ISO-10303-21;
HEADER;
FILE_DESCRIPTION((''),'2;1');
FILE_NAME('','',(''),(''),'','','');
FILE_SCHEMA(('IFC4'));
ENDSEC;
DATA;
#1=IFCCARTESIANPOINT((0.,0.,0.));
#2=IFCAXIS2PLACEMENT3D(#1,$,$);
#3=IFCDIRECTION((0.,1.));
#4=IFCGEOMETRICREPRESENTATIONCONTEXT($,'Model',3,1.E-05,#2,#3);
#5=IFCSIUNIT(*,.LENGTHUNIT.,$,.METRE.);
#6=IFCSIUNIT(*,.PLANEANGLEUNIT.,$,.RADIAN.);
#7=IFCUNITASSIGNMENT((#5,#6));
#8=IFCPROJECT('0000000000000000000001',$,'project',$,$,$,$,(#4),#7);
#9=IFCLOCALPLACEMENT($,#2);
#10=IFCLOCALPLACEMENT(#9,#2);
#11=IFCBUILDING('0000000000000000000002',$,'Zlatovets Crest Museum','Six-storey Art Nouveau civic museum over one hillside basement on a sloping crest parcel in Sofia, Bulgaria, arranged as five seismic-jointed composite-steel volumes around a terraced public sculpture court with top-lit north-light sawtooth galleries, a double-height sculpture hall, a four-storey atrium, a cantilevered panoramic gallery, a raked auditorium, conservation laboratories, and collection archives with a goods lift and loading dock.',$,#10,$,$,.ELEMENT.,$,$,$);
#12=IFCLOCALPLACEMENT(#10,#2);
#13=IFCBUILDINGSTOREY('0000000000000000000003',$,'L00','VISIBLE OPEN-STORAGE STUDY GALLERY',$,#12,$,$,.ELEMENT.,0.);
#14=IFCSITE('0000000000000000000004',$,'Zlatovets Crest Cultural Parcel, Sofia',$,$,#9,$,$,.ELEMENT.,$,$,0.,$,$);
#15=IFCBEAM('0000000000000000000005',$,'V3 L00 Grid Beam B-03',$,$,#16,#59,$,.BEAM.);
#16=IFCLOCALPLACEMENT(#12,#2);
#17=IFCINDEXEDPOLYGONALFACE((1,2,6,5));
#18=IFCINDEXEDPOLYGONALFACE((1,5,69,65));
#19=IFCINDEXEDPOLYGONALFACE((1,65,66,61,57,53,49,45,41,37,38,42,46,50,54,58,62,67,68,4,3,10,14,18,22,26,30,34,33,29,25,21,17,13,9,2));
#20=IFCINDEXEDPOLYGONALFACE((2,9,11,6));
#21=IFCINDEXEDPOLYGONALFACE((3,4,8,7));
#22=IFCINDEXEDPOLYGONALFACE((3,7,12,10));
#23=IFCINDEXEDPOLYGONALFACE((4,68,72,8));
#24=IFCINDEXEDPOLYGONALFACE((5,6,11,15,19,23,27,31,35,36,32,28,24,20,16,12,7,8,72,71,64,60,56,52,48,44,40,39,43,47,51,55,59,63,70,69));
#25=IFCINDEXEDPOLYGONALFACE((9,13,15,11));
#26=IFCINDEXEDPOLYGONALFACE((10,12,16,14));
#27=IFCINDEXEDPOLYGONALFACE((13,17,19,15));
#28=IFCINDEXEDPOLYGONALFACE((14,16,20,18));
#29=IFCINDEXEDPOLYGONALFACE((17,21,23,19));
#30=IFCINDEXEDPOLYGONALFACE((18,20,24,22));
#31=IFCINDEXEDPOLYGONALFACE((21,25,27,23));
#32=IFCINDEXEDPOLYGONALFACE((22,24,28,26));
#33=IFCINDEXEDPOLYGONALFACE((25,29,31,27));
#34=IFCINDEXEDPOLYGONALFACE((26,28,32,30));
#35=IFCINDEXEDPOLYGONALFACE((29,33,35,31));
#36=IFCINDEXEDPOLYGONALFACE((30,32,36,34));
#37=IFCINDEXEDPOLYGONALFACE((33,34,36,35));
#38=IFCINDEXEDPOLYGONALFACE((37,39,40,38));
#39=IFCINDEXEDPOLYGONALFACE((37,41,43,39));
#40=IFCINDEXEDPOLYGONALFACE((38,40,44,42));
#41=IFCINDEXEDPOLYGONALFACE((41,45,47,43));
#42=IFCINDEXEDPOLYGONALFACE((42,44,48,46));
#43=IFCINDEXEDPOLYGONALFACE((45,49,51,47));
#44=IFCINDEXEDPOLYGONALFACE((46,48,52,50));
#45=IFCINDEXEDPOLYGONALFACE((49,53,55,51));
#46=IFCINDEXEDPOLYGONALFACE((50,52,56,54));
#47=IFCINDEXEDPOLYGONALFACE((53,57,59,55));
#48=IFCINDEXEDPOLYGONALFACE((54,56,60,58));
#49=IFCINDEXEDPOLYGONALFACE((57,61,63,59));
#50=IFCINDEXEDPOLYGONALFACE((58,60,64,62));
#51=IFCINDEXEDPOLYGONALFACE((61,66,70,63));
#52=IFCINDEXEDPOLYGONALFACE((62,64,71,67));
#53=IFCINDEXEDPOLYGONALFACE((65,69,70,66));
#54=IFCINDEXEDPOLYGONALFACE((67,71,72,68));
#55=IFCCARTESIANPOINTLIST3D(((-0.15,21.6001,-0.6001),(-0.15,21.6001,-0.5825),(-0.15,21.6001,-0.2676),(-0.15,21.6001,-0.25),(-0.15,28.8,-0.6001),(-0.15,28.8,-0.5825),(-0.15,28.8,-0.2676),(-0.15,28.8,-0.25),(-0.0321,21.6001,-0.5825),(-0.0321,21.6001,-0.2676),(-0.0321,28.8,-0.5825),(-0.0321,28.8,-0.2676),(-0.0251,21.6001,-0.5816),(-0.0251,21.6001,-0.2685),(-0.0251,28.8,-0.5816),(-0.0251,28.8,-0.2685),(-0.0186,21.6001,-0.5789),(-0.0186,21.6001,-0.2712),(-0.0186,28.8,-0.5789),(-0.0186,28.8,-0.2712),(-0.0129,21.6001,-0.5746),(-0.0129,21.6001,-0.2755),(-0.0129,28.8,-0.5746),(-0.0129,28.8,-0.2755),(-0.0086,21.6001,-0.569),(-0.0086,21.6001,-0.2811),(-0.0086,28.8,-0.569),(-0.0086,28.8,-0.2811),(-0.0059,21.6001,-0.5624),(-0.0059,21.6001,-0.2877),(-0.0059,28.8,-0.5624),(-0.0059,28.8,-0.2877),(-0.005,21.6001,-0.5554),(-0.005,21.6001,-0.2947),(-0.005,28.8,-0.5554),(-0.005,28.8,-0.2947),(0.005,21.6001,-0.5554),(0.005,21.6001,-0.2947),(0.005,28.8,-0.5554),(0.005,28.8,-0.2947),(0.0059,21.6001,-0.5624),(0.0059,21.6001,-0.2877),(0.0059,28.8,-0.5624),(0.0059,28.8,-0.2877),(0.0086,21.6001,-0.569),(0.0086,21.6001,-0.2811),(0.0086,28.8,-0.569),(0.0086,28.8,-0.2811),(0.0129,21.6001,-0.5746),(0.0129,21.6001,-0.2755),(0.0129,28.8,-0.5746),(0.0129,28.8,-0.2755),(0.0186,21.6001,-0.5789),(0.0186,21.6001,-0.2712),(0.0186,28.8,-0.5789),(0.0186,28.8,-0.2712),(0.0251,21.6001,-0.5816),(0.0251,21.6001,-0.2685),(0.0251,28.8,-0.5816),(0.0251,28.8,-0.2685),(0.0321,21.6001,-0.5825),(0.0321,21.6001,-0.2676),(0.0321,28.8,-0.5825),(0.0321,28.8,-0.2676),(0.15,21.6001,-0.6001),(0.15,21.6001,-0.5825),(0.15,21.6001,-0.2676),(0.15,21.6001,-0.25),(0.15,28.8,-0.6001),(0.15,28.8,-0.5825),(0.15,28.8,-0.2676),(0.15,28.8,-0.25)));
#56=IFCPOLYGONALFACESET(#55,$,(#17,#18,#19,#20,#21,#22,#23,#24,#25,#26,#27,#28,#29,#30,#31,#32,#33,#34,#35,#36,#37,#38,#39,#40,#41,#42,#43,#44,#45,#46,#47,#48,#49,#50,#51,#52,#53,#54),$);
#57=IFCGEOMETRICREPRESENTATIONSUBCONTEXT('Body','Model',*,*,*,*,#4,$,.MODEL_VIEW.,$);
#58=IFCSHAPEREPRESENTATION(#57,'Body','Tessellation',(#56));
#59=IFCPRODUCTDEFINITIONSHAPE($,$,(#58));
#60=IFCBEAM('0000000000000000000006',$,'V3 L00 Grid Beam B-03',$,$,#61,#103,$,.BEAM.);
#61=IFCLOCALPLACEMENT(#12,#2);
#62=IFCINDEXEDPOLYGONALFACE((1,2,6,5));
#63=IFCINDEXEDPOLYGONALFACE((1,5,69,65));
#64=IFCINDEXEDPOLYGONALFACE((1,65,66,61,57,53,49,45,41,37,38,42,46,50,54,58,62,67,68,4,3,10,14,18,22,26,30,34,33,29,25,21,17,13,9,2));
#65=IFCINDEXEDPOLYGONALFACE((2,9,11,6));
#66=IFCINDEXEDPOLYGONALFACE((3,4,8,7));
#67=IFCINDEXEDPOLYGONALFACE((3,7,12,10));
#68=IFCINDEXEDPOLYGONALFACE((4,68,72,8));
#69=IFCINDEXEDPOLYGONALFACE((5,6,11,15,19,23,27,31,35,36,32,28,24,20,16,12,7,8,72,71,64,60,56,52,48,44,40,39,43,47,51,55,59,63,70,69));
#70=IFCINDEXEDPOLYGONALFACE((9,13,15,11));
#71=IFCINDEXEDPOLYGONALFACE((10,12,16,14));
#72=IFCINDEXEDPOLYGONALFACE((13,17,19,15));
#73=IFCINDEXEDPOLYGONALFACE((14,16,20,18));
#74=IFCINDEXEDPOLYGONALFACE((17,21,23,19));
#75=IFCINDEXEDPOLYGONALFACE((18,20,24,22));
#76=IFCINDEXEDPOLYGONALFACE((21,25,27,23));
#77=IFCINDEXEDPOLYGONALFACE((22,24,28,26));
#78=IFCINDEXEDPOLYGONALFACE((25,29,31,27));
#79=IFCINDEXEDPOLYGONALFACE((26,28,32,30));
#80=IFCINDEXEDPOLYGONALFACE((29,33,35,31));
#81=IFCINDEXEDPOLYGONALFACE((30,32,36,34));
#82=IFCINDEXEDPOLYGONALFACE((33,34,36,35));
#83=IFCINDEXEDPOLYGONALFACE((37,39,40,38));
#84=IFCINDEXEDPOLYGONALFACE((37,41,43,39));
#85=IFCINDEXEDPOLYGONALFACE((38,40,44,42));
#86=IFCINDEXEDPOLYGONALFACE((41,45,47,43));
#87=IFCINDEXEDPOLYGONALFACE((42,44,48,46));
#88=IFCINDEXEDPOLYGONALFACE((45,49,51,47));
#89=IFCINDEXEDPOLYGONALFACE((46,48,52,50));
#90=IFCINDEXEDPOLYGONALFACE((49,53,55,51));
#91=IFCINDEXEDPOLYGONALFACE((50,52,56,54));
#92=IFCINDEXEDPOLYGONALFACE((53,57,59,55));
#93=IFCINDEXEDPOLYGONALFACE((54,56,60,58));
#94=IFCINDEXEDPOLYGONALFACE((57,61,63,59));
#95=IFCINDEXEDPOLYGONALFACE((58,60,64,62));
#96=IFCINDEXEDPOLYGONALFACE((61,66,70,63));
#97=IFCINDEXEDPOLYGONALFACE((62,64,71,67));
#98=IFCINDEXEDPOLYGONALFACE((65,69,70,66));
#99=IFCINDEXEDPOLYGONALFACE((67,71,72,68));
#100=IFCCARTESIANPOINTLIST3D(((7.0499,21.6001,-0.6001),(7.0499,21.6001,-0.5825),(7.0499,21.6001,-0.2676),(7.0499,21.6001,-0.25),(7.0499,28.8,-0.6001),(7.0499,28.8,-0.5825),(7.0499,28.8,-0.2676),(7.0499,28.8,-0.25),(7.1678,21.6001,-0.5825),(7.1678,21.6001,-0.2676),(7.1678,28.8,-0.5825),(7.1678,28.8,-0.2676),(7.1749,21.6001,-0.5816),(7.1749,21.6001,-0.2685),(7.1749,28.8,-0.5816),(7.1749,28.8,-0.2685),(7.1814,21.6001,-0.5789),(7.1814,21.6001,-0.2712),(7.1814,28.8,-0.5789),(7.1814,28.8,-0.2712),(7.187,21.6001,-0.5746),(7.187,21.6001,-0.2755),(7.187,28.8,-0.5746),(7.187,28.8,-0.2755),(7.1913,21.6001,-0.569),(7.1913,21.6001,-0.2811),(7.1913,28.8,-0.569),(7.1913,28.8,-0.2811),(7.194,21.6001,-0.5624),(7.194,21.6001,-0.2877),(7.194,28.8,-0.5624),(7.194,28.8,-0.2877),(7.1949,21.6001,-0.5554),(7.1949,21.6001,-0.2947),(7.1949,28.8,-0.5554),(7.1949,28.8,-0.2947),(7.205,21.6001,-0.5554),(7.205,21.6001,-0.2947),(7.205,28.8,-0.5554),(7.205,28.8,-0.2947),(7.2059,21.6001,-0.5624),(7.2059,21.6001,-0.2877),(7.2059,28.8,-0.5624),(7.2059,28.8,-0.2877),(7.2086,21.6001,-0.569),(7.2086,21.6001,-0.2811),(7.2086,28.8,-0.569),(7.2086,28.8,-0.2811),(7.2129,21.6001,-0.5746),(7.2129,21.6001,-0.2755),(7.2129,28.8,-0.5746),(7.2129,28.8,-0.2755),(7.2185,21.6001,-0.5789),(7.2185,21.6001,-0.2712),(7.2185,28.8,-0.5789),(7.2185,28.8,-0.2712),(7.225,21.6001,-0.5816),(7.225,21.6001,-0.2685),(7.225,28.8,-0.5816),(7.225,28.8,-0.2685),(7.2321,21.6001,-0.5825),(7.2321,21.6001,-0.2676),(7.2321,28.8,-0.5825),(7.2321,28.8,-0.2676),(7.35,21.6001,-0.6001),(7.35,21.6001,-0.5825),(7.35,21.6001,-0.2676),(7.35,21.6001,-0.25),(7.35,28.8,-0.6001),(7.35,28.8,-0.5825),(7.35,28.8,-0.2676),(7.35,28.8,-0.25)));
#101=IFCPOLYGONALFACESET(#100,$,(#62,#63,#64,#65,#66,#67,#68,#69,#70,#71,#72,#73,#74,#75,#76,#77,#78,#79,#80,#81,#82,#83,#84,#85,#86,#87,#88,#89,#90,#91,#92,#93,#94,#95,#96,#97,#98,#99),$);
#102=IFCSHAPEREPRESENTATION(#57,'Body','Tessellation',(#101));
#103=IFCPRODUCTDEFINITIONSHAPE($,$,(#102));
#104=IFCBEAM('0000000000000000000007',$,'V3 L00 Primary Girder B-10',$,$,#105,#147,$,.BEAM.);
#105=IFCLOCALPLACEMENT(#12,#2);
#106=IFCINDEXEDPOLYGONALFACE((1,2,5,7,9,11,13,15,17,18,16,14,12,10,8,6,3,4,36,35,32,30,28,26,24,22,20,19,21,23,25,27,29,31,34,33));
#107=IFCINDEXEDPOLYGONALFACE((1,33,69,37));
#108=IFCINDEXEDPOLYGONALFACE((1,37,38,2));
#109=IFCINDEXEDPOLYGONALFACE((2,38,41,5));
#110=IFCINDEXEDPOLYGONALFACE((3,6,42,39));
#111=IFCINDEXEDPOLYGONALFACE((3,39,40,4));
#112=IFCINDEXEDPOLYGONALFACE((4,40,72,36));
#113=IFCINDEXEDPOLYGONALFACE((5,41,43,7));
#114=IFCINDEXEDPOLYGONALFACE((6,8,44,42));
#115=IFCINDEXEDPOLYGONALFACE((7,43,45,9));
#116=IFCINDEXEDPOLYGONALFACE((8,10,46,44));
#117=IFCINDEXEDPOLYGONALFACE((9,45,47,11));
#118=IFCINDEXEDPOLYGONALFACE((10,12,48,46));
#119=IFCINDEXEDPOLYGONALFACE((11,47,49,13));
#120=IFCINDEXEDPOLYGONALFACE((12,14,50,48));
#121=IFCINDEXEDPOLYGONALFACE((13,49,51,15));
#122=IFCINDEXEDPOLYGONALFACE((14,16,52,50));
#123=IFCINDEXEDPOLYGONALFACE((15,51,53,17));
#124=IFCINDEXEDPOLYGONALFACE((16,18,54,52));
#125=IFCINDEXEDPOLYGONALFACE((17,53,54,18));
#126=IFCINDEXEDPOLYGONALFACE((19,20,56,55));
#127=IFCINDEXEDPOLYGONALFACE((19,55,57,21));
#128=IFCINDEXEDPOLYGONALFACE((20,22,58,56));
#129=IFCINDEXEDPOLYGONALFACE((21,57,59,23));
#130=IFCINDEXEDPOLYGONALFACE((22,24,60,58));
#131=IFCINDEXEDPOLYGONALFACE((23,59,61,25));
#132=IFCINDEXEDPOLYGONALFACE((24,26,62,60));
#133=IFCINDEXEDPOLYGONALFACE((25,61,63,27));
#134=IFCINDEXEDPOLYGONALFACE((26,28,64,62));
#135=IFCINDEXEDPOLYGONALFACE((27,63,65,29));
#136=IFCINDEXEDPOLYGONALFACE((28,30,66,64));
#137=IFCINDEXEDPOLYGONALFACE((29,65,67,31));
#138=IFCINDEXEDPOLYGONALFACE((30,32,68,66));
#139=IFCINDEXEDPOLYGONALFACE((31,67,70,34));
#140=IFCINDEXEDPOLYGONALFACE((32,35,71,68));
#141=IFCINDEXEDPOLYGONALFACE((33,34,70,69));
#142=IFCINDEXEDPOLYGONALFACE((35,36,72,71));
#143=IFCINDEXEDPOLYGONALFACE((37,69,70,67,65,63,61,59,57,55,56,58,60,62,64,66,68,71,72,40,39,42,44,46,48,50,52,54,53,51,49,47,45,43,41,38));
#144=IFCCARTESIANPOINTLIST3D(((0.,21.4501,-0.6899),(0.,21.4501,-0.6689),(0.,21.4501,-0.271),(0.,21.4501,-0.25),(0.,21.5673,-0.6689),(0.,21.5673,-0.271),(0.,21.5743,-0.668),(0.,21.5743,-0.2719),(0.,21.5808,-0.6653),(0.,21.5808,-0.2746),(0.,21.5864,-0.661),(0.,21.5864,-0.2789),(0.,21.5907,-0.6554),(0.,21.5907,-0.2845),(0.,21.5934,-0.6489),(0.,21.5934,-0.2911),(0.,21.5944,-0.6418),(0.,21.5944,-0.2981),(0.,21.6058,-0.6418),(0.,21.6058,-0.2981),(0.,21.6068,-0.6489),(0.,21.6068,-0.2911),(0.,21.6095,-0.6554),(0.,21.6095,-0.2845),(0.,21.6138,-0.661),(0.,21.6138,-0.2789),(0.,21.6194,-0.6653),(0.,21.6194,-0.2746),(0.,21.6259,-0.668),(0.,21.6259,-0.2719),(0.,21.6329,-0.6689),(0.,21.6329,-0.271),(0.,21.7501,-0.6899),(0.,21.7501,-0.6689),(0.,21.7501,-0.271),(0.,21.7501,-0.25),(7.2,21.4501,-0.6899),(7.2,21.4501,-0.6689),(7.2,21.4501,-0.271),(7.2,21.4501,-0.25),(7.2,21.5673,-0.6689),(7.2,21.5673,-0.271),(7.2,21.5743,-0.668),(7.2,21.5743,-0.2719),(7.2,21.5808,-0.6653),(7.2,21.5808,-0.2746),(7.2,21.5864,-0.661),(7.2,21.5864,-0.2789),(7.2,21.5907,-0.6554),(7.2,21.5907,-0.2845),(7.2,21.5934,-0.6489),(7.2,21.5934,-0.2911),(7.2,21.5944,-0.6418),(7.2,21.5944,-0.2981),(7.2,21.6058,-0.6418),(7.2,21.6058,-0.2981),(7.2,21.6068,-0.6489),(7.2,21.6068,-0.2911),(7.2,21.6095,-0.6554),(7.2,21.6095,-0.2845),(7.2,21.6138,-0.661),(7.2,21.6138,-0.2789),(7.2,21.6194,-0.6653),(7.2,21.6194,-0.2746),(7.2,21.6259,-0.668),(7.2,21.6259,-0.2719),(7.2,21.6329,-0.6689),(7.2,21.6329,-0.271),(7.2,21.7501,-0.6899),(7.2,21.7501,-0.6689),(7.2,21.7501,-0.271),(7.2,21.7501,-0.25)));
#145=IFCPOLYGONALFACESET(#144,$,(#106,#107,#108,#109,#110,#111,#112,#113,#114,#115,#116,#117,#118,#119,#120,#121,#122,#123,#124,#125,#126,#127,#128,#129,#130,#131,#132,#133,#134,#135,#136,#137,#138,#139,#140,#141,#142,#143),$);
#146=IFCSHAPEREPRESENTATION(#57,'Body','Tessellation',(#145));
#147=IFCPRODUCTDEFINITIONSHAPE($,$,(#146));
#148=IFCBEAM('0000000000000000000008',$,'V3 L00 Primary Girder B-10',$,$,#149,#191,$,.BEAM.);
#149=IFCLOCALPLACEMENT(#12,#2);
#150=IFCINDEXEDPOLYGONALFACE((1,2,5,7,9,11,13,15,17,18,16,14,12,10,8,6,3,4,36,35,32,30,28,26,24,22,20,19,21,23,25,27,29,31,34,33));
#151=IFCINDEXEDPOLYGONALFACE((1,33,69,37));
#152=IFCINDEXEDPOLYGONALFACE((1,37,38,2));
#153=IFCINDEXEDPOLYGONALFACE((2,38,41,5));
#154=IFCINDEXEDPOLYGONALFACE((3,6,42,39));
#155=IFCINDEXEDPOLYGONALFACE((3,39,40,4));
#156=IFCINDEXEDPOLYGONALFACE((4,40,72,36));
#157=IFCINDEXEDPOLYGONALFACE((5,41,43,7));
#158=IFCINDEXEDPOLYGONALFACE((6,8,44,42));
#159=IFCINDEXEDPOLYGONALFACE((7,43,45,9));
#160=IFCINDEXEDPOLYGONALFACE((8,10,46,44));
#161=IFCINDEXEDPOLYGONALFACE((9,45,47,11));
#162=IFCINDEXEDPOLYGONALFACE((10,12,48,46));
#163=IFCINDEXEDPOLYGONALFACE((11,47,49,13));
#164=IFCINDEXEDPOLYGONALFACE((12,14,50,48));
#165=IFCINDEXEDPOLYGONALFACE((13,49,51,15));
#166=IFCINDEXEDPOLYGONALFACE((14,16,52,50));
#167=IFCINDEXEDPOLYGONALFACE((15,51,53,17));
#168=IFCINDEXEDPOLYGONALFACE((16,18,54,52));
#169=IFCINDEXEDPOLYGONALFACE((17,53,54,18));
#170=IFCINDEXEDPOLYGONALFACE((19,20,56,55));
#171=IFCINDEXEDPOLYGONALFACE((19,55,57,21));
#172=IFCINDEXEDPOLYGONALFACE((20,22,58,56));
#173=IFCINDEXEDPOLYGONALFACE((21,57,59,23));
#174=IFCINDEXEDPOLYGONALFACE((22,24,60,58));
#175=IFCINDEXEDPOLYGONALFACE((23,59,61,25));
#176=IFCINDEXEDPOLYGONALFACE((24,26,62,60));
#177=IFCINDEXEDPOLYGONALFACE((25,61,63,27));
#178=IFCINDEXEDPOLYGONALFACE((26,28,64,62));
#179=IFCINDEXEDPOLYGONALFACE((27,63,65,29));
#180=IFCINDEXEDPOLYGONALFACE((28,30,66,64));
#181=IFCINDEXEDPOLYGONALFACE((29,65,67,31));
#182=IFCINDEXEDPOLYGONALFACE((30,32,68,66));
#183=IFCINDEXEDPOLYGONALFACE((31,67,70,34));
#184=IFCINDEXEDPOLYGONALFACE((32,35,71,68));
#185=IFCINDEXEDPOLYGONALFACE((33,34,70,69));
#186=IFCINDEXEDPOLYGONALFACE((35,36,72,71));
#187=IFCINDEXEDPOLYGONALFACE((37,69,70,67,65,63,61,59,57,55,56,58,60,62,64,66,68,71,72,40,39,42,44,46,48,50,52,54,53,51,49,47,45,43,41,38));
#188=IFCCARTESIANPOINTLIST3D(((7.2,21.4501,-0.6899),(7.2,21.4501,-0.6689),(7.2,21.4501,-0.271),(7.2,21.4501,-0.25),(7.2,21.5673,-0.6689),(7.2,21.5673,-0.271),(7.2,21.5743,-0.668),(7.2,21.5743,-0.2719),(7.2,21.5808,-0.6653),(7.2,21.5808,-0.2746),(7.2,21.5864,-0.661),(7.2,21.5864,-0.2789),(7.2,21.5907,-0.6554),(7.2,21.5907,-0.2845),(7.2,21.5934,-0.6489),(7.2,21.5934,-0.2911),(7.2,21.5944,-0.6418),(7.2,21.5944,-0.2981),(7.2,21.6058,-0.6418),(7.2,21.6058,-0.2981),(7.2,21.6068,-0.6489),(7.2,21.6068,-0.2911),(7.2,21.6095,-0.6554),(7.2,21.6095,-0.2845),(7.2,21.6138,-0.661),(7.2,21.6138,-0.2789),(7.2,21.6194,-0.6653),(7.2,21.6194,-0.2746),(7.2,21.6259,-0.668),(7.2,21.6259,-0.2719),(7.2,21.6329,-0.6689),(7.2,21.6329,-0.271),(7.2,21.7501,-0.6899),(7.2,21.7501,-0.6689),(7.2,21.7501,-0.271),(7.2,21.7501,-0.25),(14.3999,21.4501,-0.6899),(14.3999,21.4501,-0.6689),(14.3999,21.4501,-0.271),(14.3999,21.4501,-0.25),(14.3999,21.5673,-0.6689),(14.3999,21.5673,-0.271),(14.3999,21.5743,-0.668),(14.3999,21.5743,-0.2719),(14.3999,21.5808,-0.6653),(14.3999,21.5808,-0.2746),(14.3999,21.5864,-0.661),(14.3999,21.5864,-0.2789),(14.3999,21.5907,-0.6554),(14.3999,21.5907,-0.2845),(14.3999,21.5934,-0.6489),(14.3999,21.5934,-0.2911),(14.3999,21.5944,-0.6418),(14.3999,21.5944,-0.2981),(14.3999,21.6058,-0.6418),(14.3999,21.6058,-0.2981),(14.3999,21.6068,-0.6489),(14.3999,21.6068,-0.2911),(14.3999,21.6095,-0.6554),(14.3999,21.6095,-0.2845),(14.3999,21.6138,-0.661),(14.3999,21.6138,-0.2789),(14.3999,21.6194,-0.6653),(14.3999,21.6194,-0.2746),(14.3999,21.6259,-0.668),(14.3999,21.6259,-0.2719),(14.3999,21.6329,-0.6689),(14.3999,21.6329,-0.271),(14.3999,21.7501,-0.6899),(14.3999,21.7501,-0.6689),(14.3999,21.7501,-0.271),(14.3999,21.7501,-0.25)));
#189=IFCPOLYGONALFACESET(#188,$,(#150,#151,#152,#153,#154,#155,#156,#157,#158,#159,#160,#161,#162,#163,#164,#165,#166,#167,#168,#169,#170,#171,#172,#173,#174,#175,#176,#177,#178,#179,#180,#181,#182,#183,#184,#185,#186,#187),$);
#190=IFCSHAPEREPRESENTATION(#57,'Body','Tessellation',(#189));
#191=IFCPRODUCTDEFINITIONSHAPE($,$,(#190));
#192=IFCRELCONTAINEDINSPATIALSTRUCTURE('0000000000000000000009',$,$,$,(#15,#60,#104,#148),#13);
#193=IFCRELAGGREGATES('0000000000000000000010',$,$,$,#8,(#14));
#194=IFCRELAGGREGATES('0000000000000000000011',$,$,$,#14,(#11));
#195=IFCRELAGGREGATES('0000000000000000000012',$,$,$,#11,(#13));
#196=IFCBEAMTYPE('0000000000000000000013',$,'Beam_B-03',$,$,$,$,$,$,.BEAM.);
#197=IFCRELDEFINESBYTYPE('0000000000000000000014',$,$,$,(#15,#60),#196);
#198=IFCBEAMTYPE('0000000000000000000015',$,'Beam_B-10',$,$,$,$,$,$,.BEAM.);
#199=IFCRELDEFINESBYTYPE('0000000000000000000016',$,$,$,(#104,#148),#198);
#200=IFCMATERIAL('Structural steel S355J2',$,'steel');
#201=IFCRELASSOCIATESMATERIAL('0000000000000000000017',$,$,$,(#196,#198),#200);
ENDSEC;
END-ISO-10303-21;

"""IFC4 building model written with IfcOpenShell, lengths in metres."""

from ifc_helpers import new_model, si_unit, direction, frame, origin, origin_2d, place, context, subcontext, project, spatial, i_section, extrude, material, material_profile, profile_set, type_object, element, save


model = new_model("IFC4")

# Units and contexts
model_context = context("Model", 3, precision=1e-05, world=origin(), true_north=direction((0.0, 1.0)))
body_context = subcontext(model_context, "Body", "Model", "MODEL_VIEW")
ifc_project = project(units=[si_unit("LENGTHUNIT", "METRE"), si_unit("PLANEANGLEUNIT", "RADIAN")], contexts=[model_context])

# Site, building, storey
site_placement = place(None, origin())
site = spatial("IfcSite", under=ifc_project, at=site_placement, Name="Zlatovets Crest Cultural Parcel, Sofia", CompositionType="ELEMENT", RefElevation=0.0)
building_placement = place(site_placement, origin())
building = spatial("IfcBuilding", under=site, at=building_placement, Name="Zlatovets Crest Museum", Description="Six-storey Art Nouveau civic museum over one hillside basement on a sloping crest parcel in Sofia, Bulgaria, arranged as five seismic-jointed composite-steel volumes around a terraced public sculpture court with top-lit north-light sawtooth galleries, a double-height sculpture hall, a four-storey atrium, a cantilevered panoramic gallery, a raked auditorium, conservation laboratories, and collection archives with a goods lift and loading dock.", CompositionType="ELEMENT")
storey_placement = place(building_placement, origin())
storey = spatial("IfcBuildingStorey", under=building, at=storey_placement, Name="L00", Description="VISIBLE OPEN-STORAGE STUDY GALLERY", CompositionType="ELEMENT", Elevation=0.0)

# Shared definitions
ifc_material_1 = material(Name="Structural steel S355J2", Category="steel")

# Beams
ifc_material_profile_1 = material_profile(ifc_material_1, i_section(OverallWidth=0.3, OverallDepth=0.3501, WebThickness=0.01, FlangeThickness=0.0176, FilletRadius=0.0271, at=origin_2d()), Name="HEA 360")
ifc_profile_set_1 = profile_set([ifc_material_profile_1], Name="Structural steel S355J2")
beam_type_1 = type_object("IfcBeamType", Name="Beam_B-03", PredefinedType="BEAM", material=ifc_profile_set_1)
for number, where, z_axis, x_axis, name in (
    (1, (0.0, 21.6001, -0.425), (0.0, 1.0, 0.0), (-1.0, 0.0, 0.0), "V3 L00 Grid Beam B-03"),
    (2, (7.2, 21.6001, -0.425), (0.0, 1.0, 0.0), (-1.0, 0.0, 0.0), "V3 L00 Grid Beam B-03"),
):
    element("IfcBeam", number, at=place(storey_placement, frame(where, z_axis=z_axis, x_axis=x_axis)), inside=storey, type_object=beam_type_1, Name=name, PredefinedType="BEAM", context=body_context, shape_type="SweptSolid", body=[
        extrude(i_section(OverallWidth=0.3, OverallDepth=0.3501, WebThickness=0.01, FlangeThickness=0.0176, FilletRadius=0.0271, at=origin_2d()), origin(), (0.0, 0.0, 1.0), 7.2),
    ])
ifc_material_profile_2 = material_profile(ifc_material_1, i_section(OverallWidth=0.3, OverallDepth=0.4399, WebThickness=0.0115, FlangeThickness=0.021, FilletRadius=0.0271, at=origin_2d()), Name="HEA 450")
ifc_profile_set_2 = profile_set([ifc_material_profile_2], Name="Structural steel S355J2")
beam_type_2 = type_object("IfcBeamType", Name="Beam_B-10", PredefinedType="BEAM", material=ifc_profile_set_2)
for number, where, z_axis, x_axis, name in (
    (3, (0.0, 21.6001, -0.47), (1.0, 0.0, 0.0), (0.0, 1.0, 0.0), "V3 L00 Primary Girder B-10"),
    (4, (7.2, 21.6001, -0.47), (1.0, 0.0, 0.0), (0.0, 1.0, 0.0), "V3 L00 Primary Girder B-10"),
):
    element("IfcBeam", number, at=place(storey_placement, frame(where, z_axis=z_axis, x_axis=x_axis)), inside=storey, type_object=beam_type_2, Name=name, PredefinedType="BEAM", context=body_context, shape_type="SweptSolid", body=[
        extrude(i_section(OverallWidth=0.3, OverallDepth=0.4399, WebThickness=0.0115, FlangeThickness=0.021, FilletRadius=0.0271, at=origin_2d()), origin(), (0.0, 0.0, 1.0), 7.2),
    ])

save(model, "model.ifc")
